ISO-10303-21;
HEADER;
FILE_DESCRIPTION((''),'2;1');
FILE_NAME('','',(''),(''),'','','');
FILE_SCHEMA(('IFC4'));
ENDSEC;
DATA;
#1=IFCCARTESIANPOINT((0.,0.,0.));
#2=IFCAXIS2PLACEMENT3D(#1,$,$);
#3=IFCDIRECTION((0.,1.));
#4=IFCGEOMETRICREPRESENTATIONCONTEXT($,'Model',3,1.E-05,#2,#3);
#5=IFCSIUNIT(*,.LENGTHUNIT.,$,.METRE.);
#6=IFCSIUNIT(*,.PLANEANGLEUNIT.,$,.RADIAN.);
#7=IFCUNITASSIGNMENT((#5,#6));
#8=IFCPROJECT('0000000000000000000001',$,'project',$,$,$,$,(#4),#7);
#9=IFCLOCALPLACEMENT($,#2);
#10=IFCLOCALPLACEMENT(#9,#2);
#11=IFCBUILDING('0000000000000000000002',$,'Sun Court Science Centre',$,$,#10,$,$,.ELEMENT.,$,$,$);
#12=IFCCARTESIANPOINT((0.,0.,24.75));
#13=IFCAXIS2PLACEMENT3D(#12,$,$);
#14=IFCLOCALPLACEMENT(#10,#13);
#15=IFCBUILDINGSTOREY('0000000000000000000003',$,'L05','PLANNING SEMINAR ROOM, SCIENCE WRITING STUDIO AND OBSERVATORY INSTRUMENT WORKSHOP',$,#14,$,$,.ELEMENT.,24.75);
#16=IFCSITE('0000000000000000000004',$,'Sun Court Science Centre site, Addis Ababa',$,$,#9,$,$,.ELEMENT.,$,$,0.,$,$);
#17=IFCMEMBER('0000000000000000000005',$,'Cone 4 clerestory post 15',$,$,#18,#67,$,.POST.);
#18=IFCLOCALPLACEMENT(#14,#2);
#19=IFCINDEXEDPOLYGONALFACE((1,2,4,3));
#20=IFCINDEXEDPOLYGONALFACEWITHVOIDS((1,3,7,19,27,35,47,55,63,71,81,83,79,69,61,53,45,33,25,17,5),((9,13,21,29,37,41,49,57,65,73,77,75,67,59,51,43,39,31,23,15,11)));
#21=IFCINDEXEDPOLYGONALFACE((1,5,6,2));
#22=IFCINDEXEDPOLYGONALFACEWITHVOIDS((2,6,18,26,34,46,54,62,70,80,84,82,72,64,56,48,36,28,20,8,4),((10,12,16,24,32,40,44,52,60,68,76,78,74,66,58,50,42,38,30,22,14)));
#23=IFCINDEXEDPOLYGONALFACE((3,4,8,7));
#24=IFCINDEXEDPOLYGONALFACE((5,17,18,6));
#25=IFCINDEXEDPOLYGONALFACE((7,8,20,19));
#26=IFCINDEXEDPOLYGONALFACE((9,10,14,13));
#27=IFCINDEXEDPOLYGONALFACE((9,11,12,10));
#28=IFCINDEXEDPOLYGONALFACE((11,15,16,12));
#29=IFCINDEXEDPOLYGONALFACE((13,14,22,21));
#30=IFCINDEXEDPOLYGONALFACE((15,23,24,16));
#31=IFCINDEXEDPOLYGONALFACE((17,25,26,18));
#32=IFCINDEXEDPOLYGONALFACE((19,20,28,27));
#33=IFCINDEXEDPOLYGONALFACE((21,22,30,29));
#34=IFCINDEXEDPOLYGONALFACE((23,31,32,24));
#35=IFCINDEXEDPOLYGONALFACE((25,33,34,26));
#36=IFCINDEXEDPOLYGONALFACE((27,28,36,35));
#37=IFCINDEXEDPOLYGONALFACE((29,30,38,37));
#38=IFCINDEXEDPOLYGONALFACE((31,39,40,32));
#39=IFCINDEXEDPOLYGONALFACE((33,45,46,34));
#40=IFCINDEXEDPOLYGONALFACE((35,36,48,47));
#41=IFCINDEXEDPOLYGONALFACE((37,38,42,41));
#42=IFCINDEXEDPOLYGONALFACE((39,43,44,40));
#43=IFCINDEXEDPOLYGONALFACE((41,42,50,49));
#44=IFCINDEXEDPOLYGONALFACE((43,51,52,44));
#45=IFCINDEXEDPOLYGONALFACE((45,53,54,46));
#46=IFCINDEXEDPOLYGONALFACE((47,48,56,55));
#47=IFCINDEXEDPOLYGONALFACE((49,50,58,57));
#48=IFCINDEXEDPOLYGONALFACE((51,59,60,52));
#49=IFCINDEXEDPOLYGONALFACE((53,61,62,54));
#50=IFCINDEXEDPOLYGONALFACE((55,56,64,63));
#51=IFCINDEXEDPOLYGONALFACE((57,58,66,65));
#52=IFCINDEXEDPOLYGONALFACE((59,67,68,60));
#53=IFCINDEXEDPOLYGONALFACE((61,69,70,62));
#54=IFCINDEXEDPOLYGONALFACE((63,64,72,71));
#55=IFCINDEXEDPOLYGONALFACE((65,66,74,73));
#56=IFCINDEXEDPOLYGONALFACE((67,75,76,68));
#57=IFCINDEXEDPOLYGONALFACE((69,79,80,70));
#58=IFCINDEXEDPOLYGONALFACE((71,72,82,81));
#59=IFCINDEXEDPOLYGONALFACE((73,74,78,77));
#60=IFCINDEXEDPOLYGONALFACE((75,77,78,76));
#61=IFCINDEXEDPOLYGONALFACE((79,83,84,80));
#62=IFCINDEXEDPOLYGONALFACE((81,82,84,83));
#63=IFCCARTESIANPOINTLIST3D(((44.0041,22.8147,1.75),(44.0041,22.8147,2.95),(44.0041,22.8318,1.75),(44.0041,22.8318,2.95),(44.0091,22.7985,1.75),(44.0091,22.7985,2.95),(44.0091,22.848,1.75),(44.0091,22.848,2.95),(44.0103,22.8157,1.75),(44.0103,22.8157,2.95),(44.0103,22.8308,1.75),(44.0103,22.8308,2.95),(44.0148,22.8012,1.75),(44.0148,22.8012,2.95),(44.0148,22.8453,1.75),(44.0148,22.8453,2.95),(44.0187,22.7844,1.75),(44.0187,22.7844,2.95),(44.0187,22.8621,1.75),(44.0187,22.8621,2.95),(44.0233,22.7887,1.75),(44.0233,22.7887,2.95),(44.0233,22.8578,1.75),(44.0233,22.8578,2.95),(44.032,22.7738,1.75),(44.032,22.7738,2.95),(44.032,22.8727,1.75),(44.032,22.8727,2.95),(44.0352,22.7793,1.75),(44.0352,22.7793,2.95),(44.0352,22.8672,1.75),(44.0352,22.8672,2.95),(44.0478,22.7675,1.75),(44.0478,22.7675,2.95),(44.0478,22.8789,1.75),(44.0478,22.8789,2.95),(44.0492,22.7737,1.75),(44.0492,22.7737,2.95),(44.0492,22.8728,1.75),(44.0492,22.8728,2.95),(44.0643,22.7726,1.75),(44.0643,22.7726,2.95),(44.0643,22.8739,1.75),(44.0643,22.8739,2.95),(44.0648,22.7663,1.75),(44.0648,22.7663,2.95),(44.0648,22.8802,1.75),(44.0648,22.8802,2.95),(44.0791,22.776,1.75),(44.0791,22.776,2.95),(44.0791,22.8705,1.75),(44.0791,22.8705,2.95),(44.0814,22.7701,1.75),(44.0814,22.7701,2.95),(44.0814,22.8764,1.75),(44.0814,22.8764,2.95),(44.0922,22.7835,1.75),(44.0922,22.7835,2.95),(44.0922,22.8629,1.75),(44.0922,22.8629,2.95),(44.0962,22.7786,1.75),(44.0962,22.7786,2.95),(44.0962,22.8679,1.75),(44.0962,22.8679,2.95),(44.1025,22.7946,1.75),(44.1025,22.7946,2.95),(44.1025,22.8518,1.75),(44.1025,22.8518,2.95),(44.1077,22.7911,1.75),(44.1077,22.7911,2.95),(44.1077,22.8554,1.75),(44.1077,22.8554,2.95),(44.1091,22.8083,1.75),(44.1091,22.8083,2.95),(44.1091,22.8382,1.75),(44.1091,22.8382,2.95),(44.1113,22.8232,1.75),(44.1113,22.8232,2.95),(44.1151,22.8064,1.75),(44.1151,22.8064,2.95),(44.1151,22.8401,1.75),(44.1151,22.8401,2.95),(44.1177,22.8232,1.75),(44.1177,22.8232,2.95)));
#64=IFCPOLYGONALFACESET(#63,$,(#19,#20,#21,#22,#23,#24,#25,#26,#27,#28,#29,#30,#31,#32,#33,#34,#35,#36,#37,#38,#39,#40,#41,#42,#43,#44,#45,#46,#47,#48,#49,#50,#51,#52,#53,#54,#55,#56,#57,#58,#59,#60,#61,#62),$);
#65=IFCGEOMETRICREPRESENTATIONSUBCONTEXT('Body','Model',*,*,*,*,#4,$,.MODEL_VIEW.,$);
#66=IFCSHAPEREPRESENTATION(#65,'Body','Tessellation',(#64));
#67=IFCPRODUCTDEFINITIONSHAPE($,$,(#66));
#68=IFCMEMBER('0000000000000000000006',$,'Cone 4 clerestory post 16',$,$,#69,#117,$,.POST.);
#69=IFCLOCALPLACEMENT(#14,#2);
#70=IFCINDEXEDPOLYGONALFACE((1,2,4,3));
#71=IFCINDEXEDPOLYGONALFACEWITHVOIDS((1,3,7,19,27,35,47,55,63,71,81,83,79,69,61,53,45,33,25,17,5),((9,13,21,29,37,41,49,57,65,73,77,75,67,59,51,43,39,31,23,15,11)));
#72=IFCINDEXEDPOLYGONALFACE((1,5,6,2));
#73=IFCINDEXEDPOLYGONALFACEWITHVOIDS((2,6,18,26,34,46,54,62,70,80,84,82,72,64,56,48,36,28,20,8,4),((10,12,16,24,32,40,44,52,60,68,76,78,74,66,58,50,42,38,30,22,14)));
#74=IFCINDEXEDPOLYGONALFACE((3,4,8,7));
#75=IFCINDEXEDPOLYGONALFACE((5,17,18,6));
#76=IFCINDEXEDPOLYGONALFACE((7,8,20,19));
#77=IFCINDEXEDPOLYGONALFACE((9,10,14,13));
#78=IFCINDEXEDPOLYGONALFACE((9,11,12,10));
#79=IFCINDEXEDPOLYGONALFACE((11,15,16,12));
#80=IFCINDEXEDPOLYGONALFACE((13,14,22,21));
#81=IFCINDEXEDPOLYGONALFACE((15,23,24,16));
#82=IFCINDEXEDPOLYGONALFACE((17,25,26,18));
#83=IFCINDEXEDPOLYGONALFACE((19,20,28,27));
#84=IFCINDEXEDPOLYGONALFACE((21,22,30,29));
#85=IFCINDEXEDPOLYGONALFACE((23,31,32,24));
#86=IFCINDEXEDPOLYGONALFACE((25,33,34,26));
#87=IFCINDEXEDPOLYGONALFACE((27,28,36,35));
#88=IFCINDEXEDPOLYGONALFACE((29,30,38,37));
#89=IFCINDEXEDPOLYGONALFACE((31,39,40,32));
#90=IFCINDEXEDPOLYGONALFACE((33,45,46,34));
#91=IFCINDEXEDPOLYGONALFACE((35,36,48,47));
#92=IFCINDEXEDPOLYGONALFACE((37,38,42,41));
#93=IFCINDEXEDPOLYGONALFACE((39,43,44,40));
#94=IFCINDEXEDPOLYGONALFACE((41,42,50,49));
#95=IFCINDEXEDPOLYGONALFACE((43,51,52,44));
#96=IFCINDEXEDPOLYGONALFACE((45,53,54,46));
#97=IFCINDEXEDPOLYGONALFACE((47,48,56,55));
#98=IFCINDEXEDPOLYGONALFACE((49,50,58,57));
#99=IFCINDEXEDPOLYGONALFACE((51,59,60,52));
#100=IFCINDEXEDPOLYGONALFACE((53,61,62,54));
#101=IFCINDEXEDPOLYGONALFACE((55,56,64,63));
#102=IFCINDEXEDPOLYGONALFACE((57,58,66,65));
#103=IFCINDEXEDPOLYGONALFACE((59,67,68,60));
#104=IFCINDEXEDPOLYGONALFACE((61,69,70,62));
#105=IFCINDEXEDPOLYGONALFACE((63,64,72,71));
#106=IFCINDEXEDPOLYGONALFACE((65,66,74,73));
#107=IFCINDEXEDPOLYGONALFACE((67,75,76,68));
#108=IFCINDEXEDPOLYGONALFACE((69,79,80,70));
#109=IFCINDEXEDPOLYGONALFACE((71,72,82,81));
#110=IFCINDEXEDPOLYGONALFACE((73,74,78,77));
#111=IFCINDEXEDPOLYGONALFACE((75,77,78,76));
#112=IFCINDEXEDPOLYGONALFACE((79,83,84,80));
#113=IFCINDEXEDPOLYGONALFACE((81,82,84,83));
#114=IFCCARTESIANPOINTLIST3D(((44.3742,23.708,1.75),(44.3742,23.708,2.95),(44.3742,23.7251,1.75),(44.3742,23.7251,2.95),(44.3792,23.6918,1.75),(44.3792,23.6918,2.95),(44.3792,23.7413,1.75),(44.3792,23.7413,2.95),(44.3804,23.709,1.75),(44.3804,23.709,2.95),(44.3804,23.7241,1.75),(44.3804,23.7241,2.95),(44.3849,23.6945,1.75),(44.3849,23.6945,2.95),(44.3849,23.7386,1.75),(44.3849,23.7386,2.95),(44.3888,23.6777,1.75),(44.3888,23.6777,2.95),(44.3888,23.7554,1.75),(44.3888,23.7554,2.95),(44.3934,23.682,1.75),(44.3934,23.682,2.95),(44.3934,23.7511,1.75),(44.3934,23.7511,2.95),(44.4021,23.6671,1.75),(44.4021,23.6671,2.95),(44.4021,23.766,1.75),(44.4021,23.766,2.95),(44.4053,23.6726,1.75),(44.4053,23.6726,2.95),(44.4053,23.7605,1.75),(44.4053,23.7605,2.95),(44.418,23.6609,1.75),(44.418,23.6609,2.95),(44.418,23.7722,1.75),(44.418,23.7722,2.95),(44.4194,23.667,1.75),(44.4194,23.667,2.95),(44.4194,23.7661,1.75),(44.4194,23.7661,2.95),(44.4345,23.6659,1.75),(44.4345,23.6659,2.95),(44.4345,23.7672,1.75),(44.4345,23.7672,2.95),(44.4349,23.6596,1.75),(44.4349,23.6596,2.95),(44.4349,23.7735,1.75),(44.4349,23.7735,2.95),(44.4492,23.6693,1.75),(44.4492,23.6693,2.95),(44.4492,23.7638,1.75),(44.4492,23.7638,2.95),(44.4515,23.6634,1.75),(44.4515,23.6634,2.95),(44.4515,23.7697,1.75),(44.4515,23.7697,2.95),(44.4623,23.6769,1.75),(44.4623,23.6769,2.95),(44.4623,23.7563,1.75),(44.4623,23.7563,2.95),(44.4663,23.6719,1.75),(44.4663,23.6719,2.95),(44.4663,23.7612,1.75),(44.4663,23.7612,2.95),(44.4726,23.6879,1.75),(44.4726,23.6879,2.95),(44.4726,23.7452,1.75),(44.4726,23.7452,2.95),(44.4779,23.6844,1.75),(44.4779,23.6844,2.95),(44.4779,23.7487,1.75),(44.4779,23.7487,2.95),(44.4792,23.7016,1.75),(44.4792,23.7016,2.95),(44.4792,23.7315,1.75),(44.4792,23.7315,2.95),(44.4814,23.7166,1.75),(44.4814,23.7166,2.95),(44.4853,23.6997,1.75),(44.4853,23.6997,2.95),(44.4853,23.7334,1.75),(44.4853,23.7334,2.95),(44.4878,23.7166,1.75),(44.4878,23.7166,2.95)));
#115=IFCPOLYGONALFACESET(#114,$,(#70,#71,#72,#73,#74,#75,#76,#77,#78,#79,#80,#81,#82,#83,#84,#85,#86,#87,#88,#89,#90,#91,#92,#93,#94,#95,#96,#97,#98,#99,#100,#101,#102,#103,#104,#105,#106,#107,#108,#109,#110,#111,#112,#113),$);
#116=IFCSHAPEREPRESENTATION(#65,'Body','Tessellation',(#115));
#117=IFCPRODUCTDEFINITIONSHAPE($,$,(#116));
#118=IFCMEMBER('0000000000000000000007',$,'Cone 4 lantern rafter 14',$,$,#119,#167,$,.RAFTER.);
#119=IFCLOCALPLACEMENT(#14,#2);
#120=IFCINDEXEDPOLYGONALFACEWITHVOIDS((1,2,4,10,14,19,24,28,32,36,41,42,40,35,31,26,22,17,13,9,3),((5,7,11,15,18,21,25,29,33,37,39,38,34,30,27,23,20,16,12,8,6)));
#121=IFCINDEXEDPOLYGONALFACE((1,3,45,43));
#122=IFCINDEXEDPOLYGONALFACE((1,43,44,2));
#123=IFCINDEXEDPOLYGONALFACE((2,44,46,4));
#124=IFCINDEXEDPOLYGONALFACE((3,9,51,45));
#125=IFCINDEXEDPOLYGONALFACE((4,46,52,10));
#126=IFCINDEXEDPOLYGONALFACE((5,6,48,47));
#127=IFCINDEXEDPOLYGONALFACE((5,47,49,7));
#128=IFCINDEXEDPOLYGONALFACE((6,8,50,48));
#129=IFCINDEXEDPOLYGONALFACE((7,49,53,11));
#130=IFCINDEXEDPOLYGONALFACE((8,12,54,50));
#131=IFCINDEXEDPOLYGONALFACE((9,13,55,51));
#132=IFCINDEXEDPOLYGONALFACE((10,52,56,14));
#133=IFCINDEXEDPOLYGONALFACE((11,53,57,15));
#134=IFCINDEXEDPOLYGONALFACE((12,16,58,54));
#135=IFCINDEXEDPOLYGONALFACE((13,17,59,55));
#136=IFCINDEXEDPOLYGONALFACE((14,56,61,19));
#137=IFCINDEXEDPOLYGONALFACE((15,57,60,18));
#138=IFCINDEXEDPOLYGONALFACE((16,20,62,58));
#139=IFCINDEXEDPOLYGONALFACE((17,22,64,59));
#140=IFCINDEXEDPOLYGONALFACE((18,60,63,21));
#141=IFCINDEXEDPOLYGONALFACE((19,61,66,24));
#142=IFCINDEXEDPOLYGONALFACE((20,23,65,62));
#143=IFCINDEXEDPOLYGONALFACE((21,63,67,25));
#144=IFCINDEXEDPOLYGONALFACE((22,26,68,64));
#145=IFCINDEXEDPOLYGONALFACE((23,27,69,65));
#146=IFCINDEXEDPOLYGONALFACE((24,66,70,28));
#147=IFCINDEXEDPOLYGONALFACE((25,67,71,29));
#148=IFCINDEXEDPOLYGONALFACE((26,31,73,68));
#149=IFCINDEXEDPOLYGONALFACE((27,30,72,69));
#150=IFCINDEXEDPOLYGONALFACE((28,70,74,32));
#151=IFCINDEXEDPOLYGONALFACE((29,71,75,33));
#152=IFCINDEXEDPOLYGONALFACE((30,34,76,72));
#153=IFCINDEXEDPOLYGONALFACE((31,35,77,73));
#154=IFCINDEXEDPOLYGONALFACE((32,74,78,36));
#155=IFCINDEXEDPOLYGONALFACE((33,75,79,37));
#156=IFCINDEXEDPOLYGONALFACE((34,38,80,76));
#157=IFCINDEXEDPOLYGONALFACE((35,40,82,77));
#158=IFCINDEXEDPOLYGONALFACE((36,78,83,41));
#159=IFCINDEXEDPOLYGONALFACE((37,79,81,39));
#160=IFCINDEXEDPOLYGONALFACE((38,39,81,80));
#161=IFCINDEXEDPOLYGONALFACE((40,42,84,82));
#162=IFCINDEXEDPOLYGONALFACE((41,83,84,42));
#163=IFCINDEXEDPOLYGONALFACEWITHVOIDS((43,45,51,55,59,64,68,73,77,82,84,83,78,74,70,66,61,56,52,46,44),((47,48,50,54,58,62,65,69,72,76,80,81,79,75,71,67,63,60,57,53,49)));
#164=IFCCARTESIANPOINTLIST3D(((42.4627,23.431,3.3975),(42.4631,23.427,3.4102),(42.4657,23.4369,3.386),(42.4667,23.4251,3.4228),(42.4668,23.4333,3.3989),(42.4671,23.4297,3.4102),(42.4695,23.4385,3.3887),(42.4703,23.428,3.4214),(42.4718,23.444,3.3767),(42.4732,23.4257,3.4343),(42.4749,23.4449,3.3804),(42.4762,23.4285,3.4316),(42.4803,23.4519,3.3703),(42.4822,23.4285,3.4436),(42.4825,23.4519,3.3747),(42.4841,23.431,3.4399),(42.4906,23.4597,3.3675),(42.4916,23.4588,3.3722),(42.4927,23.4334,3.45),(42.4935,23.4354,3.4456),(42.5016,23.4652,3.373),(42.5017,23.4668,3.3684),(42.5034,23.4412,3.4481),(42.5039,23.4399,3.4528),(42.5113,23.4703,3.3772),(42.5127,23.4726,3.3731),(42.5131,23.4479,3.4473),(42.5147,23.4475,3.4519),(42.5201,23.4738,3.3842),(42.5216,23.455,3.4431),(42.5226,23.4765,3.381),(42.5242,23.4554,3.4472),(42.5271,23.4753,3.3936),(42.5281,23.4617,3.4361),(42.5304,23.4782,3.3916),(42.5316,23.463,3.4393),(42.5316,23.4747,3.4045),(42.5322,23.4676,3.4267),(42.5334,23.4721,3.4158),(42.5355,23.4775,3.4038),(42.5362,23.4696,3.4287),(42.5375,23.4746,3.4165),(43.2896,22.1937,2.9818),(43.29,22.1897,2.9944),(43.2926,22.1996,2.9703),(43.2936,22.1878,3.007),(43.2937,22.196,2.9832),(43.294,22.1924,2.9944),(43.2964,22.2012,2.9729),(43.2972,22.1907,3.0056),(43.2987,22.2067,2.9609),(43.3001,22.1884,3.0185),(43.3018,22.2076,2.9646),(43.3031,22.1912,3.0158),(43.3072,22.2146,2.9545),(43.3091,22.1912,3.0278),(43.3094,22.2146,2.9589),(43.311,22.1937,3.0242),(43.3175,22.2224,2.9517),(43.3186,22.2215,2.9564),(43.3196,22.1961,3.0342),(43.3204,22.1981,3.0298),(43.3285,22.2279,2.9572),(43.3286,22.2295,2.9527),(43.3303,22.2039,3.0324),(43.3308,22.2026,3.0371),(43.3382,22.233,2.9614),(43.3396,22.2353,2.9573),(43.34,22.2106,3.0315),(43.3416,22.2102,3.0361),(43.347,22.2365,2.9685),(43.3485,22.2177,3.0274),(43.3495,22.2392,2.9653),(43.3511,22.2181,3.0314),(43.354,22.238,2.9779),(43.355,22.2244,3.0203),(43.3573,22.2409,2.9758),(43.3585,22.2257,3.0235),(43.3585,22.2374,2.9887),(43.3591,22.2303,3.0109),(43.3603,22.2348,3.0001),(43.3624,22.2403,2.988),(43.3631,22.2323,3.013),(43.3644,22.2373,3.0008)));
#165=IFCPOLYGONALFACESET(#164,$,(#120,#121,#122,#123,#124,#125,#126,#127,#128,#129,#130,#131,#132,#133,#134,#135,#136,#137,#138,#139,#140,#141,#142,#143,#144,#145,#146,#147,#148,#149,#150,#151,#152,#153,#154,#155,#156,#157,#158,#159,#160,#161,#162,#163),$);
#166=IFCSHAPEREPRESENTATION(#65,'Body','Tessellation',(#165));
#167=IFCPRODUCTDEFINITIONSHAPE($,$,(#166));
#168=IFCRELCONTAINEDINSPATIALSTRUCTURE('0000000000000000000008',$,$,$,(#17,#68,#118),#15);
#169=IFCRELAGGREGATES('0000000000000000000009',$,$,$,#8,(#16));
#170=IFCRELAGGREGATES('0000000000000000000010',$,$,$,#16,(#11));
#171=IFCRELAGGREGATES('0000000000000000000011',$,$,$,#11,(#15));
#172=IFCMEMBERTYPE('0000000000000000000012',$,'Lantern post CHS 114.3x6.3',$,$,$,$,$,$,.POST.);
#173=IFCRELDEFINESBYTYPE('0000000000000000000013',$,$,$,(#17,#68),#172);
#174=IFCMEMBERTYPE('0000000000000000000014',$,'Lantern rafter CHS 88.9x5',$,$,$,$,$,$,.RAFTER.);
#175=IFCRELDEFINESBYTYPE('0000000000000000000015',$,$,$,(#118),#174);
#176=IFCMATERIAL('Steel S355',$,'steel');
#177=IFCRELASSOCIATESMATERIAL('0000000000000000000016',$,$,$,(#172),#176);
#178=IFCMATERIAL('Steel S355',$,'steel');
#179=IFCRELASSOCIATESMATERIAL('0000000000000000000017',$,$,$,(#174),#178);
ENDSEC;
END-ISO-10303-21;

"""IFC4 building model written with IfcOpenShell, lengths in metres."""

from ifc_helpers import new_model, si_unit, direction, frame, origin, origin_2d, place, context, subcontext, project, spatial, hollow_circle, extrude, material, material_profile, profile_set, type_object, element, save


model = new_model("IFC4")

# Units and contexts
model_context = context("Model", 3, precision=1e-05, world=origin(), true_north=direction((0.0, 1.0)))
body_context = subcontext(model_context, "Body", "Model", "MODEL_VIEW")
ifc_project = project(units=[si_unit("LENGTHUNIT", "METRE"), si_unit("PLANEANGLEUNIT", "RADIAN")], contexts=[model_context])

# Site, building, storey
site_placement = place(None, origin())
site = spatial("IfcSite", under=ifc_project, at=site_placement, Name="Sun Court Science Centre site, Addis Ababa", CompositionType="ELEMENT", RefElevation=0.0)
building_placement = place(site_placement, origin())
building = spatial("IfcBuilding", under=site, at=building_placement, Name="Sun Court Science Centre", CompositionType="ELEMENT")
storey_placement = place(building_placement, frame((0.0, 0.0, 24.75)))
storey = spatial("IfcBuildingStorey", under=building, at=storey_placement, Name="L05", Description="PLANNING SEMINAR ROOM, SCIENCE WRITING STUDIO AND OBSERVATORY INSTRUMENT WORKSHOP", CompositionType="ELEMENT", Elevation=24.75)

# Members
ifc_material_1 = material(Name="Steel S355", Category="steel")
ifc_material_profile_1 = material_profile(ifc_material_1, hollow_circle(Radius=0.0571, WallThickness=0.0063, at=origin_2d()), Name="CHS 114.3x6.3")
ifc_profile_set_1 = profile_set([ifc_material_profile_1], Name="Steel S355")
member_type_1 = type_object("IfcMemberType", Name="Lantern post CHS 114.3x6.3", PredefinedType="POST", material=ifc_profile_set_1)
for number, where, z_axis, x_axis, name in (
    (1, (44.0605, 22.8232, 1.75), (0.0, 0.0, 1.0), (1.0, 0.0, 0.0), "Cone 4 clerestory post 15"),
    (2, (44.4307, 23.7166, 1.75), (0.0, 0.0, 1.0), (1.0, 0.0, 0.0), "Cone 4 clerestory post 16"),
):
    element("IfcMember", number, at=place(storey_placement, frame(where, z_axis=z_axis, x_axis=x_axis)), inside=storey, type_object=member_type_1, Name=name, PredefinedType="POST", context=body_context, shape_type="SweptSolid", body=[
        extrude(hollow_circle(Radius=0.0571, WallThickness=0.0063, at=origin_2d()), origin(), (0.0, 0.0, 1.0), 1.2),
    ])
ifc_material_2 = material(Name="Steel S355", Category="steel")
ifc_material_profile_2 = material_profile(ifc_material_2, hollow_circle(Radius=0.0444, WallThickness=0.0049, at=origin_2d()), Name="CHS 88.9x5")
ifc_profile_set_2 = profile_set([ifc_material_profile_2], Name="Steel S355")
member_type_2 = type_object("IfcMemberType", Name="Lantern rafter CHS 88.9x5", PredefinedType="RAFTER", material=ifc_profile_set_2)
member_1_placement = place(storey_placement, frame((43.3269, 22.2144, 2.9944), z_axis=(-0.535153, 0.800755, 0.269078), x_axis=(-0.831419, -0.555646, 0.0)))
element("IfcMember", 3, at=member_1_placement, inside=storey, type_object=member_type_2, Name="Cone 4 lantern rafter 14", PredefinedType="RAFTER", context=body_context, shape_type="SweptSolid", body=[
    extrude(hollow_circle(Radius=0.0444, WallThickness=0.0049, at=origin_2d()), origin(), (0.0, 0.0, 1.0), 1.5452),
])

save(model, "model.ifc")
